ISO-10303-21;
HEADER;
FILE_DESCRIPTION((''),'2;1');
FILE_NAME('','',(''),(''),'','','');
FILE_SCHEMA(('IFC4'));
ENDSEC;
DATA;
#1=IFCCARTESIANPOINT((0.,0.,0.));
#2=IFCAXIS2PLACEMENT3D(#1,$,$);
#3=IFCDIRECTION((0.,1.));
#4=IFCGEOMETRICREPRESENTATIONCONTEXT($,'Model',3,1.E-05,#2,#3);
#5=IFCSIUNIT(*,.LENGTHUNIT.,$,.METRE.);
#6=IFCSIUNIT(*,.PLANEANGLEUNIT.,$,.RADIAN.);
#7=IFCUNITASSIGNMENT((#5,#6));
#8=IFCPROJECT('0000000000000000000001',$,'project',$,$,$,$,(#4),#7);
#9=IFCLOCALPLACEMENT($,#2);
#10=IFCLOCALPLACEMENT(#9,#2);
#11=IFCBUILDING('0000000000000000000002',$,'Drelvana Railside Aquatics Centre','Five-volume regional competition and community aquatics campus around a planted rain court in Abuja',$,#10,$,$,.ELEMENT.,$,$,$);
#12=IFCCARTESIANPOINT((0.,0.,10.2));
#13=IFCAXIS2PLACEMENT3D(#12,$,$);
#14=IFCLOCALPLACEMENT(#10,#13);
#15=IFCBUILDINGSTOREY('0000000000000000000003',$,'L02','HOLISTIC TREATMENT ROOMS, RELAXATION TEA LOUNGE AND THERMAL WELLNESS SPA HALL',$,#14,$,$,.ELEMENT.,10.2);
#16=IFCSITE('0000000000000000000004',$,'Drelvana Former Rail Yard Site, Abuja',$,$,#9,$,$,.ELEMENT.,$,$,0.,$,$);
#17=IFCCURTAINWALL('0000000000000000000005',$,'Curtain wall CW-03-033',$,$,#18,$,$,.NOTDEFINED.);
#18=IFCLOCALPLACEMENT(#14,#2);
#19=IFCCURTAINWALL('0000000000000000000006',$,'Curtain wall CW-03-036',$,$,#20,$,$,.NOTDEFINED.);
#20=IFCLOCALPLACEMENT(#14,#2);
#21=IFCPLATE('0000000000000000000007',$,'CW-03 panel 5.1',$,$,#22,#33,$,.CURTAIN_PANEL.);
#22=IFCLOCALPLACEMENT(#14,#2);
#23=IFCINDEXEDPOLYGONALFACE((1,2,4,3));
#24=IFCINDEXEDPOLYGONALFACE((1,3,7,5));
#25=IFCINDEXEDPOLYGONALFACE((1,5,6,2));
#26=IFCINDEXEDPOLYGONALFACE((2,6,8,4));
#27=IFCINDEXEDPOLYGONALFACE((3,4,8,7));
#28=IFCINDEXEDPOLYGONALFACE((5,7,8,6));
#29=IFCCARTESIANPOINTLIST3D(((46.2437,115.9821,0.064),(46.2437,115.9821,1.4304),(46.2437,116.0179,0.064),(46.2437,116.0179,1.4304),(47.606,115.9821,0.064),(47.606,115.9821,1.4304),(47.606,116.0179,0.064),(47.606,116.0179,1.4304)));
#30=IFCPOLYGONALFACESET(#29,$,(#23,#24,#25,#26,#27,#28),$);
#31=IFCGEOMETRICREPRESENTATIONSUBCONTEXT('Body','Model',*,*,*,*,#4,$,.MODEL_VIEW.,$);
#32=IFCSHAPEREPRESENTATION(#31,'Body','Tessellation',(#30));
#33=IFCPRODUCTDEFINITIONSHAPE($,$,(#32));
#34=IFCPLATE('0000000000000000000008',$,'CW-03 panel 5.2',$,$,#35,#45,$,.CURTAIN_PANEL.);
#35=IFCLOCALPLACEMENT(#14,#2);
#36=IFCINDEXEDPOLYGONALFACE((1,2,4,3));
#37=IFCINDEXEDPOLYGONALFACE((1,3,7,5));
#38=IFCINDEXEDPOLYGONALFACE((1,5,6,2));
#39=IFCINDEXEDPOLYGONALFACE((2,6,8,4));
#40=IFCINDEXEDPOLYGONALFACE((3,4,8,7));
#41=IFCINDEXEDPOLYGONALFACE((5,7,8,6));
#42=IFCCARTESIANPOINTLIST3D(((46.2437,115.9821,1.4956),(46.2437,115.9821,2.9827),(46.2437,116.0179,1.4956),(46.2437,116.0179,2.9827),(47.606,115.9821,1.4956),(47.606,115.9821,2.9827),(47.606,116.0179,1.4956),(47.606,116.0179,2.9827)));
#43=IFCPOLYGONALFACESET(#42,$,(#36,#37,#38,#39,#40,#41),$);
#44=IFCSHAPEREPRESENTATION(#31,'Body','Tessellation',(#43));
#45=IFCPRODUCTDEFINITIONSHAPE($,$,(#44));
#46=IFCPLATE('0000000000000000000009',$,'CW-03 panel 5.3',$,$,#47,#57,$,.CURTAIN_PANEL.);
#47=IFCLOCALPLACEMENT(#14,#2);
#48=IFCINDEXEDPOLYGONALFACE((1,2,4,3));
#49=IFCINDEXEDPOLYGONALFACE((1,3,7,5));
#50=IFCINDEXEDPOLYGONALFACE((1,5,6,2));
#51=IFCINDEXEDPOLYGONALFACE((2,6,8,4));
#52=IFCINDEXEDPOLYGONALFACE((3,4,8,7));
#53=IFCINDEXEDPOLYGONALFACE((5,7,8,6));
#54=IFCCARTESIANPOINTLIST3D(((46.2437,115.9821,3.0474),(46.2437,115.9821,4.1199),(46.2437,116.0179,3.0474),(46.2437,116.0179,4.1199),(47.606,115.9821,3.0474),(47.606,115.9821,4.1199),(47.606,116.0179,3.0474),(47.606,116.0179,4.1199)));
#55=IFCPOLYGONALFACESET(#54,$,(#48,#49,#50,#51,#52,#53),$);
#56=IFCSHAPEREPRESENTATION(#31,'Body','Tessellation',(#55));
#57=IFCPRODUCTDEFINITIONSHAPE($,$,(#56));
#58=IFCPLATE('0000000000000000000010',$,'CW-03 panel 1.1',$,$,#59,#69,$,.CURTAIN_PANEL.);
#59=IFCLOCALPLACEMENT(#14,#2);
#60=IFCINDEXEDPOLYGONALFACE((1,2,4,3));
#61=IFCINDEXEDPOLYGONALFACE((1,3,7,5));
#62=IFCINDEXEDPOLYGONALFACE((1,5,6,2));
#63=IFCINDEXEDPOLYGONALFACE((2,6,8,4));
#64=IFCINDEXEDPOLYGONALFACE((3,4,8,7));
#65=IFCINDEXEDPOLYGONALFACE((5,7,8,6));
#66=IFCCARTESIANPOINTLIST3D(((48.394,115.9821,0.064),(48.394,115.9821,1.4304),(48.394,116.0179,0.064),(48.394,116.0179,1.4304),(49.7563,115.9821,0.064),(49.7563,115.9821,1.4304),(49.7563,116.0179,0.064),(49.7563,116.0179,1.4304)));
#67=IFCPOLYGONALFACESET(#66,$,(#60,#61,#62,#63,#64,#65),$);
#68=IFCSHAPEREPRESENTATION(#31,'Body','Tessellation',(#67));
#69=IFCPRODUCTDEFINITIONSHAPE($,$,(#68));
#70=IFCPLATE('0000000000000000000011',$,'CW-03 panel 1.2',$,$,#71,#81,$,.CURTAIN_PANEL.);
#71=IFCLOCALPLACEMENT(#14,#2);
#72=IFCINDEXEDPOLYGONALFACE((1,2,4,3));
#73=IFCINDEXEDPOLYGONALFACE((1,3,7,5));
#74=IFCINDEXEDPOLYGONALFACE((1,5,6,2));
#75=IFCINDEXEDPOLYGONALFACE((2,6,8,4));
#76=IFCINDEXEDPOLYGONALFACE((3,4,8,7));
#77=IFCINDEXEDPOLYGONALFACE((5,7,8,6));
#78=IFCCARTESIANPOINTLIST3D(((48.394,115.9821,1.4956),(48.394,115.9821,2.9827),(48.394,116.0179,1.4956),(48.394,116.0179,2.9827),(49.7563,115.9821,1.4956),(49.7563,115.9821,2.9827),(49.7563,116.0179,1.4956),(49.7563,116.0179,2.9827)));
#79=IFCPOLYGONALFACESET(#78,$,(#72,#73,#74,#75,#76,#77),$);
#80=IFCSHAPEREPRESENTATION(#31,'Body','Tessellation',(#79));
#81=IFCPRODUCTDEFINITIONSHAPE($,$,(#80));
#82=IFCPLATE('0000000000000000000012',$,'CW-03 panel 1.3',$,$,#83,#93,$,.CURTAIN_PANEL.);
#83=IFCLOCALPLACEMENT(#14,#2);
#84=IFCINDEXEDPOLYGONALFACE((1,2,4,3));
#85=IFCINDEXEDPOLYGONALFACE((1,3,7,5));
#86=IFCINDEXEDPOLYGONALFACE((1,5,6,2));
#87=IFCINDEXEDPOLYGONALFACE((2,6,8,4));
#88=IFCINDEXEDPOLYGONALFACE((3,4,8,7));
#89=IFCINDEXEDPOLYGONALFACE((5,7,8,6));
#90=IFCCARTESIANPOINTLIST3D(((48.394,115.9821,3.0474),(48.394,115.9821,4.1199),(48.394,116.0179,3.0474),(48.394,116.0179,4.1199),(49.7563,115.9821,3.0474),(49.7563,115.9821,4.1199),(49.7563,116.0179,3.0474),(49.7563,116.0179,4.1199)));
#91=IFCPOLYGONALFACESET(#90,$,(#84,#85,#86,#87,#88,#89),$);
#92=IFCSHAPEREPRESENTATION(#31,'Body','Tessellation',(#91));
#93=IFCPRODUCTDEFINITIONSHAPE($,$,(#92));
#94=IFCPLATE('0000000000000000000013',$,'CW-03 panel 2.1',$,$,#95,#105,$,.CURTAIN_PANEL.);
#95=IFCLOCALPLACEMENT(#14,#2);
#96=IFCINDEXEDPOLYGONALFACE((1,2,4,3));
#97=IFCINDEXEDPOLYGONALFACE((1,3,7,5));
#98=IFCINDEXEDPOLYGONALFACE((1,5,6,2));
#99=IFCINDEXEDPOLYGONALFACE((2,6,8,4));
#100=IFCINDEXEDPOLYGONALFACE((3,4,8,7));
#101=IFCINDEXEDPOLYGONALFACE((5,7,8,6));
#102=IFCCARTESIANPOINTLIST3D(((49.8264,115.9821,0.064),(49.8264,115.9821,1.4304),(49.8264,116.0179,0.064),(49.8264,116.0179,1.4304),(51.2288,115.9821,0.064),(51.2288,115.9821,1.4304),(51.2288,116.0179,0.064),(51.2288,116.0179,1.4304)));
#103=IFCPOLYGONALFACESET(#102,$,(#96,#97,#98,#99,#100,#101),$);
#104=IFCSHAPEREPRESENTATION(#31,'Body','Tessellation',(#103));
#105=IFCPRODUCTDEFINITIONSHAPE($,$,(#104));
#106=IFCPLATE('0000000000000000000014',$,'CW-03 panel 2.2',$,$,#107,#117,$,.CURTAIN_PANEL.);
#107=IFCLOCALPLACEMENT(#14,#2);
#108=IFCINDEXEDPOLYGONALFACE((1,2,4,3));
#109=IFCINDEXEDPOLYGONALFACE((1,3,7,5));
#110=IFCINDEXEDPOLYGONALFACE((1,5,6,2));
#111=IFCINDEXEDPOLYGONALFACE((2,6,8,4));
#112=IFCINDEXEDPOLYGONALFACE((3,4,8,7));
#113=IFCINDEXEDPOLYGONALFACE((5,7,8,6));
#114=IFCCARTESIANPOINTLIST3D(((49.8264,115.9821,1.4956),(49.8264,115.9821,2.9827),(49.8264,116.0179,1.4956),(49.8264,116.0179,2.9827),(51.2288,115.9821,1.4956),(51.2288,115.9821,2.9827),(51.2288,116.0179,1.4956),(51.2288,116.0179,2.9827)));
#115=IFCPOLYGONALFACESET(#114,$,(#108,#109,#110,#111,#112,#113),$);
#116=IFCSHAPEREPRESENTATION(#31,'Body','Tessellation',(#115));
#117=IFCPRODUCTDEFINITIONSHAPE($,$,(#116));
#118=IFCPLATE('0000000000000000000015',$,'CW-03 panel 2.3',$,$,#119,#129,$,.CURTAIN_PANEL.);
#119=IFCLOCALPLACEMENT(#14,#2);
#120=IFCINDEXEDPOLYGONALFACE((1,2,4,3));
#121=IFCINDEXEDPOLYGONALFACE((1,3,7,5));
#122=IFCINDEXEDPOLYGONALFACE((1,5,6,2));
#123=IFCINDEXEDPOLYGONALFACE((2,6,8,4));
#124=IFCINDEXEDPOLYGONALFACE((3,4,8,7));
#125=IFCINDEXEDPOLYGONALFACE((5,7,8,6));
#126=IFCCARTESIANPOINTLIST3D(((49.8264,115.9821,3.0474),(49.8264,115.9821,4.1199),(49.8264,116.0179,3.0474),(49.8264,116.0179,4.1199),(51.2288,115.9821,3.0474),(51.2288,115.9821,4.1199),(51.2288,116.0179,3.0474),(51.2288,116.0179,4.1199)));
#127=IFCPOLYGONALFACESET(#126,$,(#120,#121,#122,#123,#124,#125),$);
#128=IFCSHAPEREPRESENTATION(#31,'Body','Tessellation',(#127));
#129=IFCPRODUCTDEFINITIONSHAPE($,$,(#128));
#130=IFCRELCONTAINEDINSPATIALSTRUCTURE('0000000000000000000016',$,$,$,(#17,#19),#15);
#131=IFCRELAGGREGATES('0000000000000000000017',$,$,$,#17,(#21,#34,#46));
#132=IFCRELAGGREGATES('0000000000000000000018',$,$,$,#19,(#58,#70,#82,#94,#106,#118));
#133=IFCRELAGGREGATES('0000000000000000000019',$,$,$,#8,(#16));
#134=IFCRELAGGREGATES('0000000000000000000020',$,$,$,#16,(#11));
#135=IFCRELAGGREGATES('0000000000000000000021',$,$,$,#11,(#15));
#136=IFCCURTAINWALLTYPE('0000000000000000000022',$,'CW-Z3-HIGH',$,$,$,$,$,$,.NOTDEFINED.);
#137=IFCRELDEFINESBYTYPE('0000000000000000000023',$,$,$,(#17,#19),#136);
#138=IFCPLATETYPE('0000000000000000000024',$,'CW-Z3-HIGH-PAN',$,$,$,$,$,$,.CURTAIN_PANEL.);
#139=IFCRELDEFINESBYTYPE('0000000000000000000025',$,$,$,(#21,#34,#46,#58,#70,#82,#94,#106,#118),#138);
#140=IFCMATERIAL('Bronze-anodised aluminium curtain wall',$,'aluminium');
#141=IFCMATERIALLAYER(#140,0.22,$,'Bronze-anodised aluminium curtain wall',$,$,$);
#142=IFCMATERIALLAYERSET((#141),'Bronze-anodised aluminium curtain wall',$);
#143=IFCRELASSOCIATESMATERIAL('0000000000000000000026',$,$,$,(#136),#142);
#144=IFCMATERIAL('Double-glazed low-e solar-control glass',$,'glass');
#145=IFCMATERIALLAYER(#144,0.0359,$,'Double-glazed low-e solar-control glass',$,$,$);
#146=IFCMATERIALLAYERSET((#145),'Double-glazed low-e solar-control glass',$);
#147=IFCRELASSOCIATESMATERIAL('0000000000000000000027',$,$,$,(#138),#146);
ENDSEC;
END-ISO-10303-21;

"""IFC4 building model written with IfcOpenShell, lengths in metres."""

from ifc_helpers import new_model, si_unit, direction, frame, origin, origin_2d, place, context, subcontext, project, spatial, rectangle, extrude, material, layer, layer_set, type_object, element, aggregate, save


model = new_model("IFC4")

# Units and contexts
model_context = context("Model", 3, precision=1e-05, world=origin(), true_north=direction((0.0, 1.0)))
body_context = subcontext(model_context, "Body", "Model", "MODEL_VIEW")
ifc_project = project(units=[si_unit("LENGTHUNIT", "METRE"), si_unit("PLANEANGLEUNIT", "RADIAN")], contexts=[model_context])

# Site, building, storey
site_placement = place(None, origin())
site = spatial("IfcSite", under=ifc_project, at=site_placement, Name="Drelvana Former Rail Yard Site, Abuja", CompositionType="ELEMENT", RefElevation=0.0)
building_placement = place(site_placement, origin())
building = spatial("IfcBuilding", under=site, at=building_placement, Name="Drelvana Railside Aquatics Centre", Description="Five-volume regional competition and community aquatics campus around a planted rain court in Abuja", CompositionType="ELEMENT")
storey_placement = place(building_placement, frame((0.0, 0.0, 10.2)))
storey = spatial("IfcBuildingStorey", under=building, at=storey_placement, Name="L02", Description="HOLISTIC TREATMENT ROOMS, RELAXATION TEA LOUNGE AND THERMAL WELLNESS SPA HALL", CompositionType="ELEMENT", Elevation=10.2)

# Curtain wall
ifc_material_1 = material(Name="Bronze-anodised aluminium curtain wall", Category="aluminium")
ifc_layer_1 = layer(ifc_material_1, 0.22, Name="Bronze-anodised aluminium curtain wall")
ifc_layer_set_1 = layer_set([ifc_layer_1], Name="Bronze-anodised aluminium curtain wall")
curtain_wall_type = type_object("IfcCurtainWallType", Name="CW-Z3-HIGH", PredefinedType="NOTDEFINED", material=ifc_layer_set_1)
curtain_wall_1_placement = place(storey_placement, origin())
curtain_wall_1 = element("IfcCurtainWall", 1, at=curtain_wall_1_placement, inside=storey, type_object=curtain_wall_type, Name="Curtain wall CW-03-033", PredefinedType="NOTDEFINED")

# Curtain wall
curtain_wall_2_placement = place(storey_placement, origin())
curtain_wall_2 = element("IfcCurtainWall", 2, at=curtain_wall_2_placement, inside=storey, type_object=curtain_wall_type, Name="Curtain wall CW-03-036", PredefinedType="NOTDEFINED")

# Plates
ifc_material_2 = material(Name="Double-glazed low-e solar-control glass", Category="glass")
ifc_layer_2 = layer(ifc_material_2, 0.0359, Name="Double-glazed low-e solar-control glass")
ifc_layer_set_2 = layer_set([ifc_layer_2], Name="Double-glazed low-e solar-control glass")
plate_type = type_object("IfcPlateType", Name="CW-Z3-HIGH-PAN", PredefinedType="CURTAIN_PANEL", material=ifc_layer_set_2)
plate_1_placement = place(storey_placement, frame((46.9248, 116.0, 0.064), z_axis=(0.0, 0.0, 1.0), x_axis=(1.0, 0.0, 0.0)))
plate_1 = element("IfcPlate", 3, at=plate_1_placement, type_object=plate_type, Name="CW-03 panel 5.1", PredefinedType="CURTAIN_PANEL", context=body_context, shape_type="SweptSolid", body=[
    extrude(rectangle(XDim=1.3623, YDim=0.0359, at=origin_2d()), origin(), (0.0, 0.0, 1.0), 1.3665),
])
plate_2_placement = place(storey_placement, frame((46.9248, 116.0, 1.4956), z_axis=(0.0, 0.0, 1.0), x_axis=(1.0, 0.0, 0.0)))
plate_2 = element("IfcPlate", 4, at=plate_2_placement, type_object=plate_type, Name="CW-03 panel 5.2", PredefinedType="CURTAIN_PANEL", context=body_context, shape_type="SweptSolid", body=[
    extrude(rectangle(XDim=1.3623, YDim=0.0359, at=origin_2d()), origin(), (0.0, 0.0, 1.0), 1.4871),
])
plate_3_placement = place(storey_placement, frame((46.9248, 116.0, 3.0474), z_axis=(0.0, 0.0, 1.0), x_axis=(1.0, 0.0, 0.0)))
plate_3 = element("IfcPlate", 5, at=plate_3_placement, type_object=plate_type, Name="CW-03 panel 5.3", PredefinedType="CURTAIN_PANEL", context=body_context, shape_type="SweptSolid", body=[
    extrude(rectangle(XDim=1.3623, YDim=0.0359, at=origin_2d()), origin(), (0.0, 0.0, 1.0), 1.0725),
])
aggregate(curtain_wall_1, [plate_1, plate_2, plate_3])
plate_4_placement = place(storey_placement, frame((49.0752, 116.0, 0.064), z_axis=(0.0, 0.0, 1.0), x_axis=(1.0, 0.0, 0.0)))
plate_4 = element("IfcPlate", 6, at=plate_4_placement, type_object=plate_type, Name="CW-03 panel 1.1", PredefinedType="CURTAIN_PANEL", context=body_context, shape_type="SweptSolid", body=[
    extrude(rectangle(XDim=1.3623, YDim=0.0359, at=origin_2d()), origin(), (0.0, 0.0, 1.0), 1.3665),
])
plate_5_placement = place(storey_placement, frame((49.0752, 116.0, 1.4956), z_axis=(0.0, 0.0, 1.0), x_axis=(1.0, 0.0, 0.0)))
plate_5 = element("IfcPlate", 7, at=plate_5_placement, type_object=plate_type, Name="CW-03 panel 1.2", PredefinedType="CURTAIN_PANEL", context=body_context, shape_type="SweptSolid", body=[
    extrude(rectangle(XDim=1.3623, YDim=0.0359, at=origin_2d()), origin(), (0.0, 0.0, 1.0), 1.4871),
])
plate_6_placement = place(storey_placement, frame((49.0752, 116.0, 3.0474), z_axis=(0.0, 0.0, 1.0), x_axis=(1.0, 0.0, 0.0)))
plate_6 = element("IfcPlate", 8, at=plate_6_placement, type_object=plate_type, Name="CW-03 panel 1.3", PredefinedType="CURTAIN_PANEL", context=body_context, shape_type="SweptSolid", body=[
    extrude(rectangle(XDim=1.3623, YDim=0.0359, at=origin_2d()), origin(), (0.0, 0.0, 1.0), 1.0725),
])
plate_7_placement = place(storey_placement, frame((50.5276, 116.0, 0.064), z_axis=(0.0, 0.0, 1.0), x_axis=(1.0, 0.0, 0.0)))
plate_7 = element("IfcPlate", 9, at=plate_7_placement, type_object=plate_type, Name="CW-03 panel 2.1", PredefinedType="CURTAIN_PANEL", context=body_context, shape_type="SweptSolid", body=[
    extrude(rectangle(XDim=1.4023, YDim=0.0359, at=origin_2d()), origin(), (0.0, 0.0, 1.0), 1.3665),
])
plate_8_placement = place(storey_placement, frame((50.5276, 116.0, 1.4956), z_axis=(0.0, 0.0, 1.0), x_axis=(1.0, 0.0, 0.0)))
plate_8 = element("IfcPlate", 10, at=plate_8_placement, type_object=plate_type, Name="CW-03 panel 2.2", PredefinedType="CURTAIN_PANEL", context=body_context, shape_type="SweptSolid", body=[
    extrude(rectangle(XDim=1.4023, YDim=0.0359, at=origin_2d()), origin(), (0.0, 0.0, 1.0), 1.4871),
])
plate_9_placement = place(storey_placement, frame((50.5276, 116.0, 3.0474), z_axis=(0.0, 0.0, 1.0), x_axis=(1.0, 0.0, 0.0)))
plate_9 = element("IfcPlate", 11, at=plate_9_placement, type_object=plate_type, Name="CW-03 panel 2.3", PredefinedType="CURTAIN_PANEL", context=body_context, shape_type="SweptSolid", body=[
    extrude(rectangle(XDim=1.4023, YDim=0.0359, at=origin_2d()), origin(), (0.0, 0.0, 1.0), 1.0725),
])
aggregate(curtain_wall_2, [plate_4, plate_5, plate_6, plate_7, plate_8, plate_9])

save(model, "model.ifc")
